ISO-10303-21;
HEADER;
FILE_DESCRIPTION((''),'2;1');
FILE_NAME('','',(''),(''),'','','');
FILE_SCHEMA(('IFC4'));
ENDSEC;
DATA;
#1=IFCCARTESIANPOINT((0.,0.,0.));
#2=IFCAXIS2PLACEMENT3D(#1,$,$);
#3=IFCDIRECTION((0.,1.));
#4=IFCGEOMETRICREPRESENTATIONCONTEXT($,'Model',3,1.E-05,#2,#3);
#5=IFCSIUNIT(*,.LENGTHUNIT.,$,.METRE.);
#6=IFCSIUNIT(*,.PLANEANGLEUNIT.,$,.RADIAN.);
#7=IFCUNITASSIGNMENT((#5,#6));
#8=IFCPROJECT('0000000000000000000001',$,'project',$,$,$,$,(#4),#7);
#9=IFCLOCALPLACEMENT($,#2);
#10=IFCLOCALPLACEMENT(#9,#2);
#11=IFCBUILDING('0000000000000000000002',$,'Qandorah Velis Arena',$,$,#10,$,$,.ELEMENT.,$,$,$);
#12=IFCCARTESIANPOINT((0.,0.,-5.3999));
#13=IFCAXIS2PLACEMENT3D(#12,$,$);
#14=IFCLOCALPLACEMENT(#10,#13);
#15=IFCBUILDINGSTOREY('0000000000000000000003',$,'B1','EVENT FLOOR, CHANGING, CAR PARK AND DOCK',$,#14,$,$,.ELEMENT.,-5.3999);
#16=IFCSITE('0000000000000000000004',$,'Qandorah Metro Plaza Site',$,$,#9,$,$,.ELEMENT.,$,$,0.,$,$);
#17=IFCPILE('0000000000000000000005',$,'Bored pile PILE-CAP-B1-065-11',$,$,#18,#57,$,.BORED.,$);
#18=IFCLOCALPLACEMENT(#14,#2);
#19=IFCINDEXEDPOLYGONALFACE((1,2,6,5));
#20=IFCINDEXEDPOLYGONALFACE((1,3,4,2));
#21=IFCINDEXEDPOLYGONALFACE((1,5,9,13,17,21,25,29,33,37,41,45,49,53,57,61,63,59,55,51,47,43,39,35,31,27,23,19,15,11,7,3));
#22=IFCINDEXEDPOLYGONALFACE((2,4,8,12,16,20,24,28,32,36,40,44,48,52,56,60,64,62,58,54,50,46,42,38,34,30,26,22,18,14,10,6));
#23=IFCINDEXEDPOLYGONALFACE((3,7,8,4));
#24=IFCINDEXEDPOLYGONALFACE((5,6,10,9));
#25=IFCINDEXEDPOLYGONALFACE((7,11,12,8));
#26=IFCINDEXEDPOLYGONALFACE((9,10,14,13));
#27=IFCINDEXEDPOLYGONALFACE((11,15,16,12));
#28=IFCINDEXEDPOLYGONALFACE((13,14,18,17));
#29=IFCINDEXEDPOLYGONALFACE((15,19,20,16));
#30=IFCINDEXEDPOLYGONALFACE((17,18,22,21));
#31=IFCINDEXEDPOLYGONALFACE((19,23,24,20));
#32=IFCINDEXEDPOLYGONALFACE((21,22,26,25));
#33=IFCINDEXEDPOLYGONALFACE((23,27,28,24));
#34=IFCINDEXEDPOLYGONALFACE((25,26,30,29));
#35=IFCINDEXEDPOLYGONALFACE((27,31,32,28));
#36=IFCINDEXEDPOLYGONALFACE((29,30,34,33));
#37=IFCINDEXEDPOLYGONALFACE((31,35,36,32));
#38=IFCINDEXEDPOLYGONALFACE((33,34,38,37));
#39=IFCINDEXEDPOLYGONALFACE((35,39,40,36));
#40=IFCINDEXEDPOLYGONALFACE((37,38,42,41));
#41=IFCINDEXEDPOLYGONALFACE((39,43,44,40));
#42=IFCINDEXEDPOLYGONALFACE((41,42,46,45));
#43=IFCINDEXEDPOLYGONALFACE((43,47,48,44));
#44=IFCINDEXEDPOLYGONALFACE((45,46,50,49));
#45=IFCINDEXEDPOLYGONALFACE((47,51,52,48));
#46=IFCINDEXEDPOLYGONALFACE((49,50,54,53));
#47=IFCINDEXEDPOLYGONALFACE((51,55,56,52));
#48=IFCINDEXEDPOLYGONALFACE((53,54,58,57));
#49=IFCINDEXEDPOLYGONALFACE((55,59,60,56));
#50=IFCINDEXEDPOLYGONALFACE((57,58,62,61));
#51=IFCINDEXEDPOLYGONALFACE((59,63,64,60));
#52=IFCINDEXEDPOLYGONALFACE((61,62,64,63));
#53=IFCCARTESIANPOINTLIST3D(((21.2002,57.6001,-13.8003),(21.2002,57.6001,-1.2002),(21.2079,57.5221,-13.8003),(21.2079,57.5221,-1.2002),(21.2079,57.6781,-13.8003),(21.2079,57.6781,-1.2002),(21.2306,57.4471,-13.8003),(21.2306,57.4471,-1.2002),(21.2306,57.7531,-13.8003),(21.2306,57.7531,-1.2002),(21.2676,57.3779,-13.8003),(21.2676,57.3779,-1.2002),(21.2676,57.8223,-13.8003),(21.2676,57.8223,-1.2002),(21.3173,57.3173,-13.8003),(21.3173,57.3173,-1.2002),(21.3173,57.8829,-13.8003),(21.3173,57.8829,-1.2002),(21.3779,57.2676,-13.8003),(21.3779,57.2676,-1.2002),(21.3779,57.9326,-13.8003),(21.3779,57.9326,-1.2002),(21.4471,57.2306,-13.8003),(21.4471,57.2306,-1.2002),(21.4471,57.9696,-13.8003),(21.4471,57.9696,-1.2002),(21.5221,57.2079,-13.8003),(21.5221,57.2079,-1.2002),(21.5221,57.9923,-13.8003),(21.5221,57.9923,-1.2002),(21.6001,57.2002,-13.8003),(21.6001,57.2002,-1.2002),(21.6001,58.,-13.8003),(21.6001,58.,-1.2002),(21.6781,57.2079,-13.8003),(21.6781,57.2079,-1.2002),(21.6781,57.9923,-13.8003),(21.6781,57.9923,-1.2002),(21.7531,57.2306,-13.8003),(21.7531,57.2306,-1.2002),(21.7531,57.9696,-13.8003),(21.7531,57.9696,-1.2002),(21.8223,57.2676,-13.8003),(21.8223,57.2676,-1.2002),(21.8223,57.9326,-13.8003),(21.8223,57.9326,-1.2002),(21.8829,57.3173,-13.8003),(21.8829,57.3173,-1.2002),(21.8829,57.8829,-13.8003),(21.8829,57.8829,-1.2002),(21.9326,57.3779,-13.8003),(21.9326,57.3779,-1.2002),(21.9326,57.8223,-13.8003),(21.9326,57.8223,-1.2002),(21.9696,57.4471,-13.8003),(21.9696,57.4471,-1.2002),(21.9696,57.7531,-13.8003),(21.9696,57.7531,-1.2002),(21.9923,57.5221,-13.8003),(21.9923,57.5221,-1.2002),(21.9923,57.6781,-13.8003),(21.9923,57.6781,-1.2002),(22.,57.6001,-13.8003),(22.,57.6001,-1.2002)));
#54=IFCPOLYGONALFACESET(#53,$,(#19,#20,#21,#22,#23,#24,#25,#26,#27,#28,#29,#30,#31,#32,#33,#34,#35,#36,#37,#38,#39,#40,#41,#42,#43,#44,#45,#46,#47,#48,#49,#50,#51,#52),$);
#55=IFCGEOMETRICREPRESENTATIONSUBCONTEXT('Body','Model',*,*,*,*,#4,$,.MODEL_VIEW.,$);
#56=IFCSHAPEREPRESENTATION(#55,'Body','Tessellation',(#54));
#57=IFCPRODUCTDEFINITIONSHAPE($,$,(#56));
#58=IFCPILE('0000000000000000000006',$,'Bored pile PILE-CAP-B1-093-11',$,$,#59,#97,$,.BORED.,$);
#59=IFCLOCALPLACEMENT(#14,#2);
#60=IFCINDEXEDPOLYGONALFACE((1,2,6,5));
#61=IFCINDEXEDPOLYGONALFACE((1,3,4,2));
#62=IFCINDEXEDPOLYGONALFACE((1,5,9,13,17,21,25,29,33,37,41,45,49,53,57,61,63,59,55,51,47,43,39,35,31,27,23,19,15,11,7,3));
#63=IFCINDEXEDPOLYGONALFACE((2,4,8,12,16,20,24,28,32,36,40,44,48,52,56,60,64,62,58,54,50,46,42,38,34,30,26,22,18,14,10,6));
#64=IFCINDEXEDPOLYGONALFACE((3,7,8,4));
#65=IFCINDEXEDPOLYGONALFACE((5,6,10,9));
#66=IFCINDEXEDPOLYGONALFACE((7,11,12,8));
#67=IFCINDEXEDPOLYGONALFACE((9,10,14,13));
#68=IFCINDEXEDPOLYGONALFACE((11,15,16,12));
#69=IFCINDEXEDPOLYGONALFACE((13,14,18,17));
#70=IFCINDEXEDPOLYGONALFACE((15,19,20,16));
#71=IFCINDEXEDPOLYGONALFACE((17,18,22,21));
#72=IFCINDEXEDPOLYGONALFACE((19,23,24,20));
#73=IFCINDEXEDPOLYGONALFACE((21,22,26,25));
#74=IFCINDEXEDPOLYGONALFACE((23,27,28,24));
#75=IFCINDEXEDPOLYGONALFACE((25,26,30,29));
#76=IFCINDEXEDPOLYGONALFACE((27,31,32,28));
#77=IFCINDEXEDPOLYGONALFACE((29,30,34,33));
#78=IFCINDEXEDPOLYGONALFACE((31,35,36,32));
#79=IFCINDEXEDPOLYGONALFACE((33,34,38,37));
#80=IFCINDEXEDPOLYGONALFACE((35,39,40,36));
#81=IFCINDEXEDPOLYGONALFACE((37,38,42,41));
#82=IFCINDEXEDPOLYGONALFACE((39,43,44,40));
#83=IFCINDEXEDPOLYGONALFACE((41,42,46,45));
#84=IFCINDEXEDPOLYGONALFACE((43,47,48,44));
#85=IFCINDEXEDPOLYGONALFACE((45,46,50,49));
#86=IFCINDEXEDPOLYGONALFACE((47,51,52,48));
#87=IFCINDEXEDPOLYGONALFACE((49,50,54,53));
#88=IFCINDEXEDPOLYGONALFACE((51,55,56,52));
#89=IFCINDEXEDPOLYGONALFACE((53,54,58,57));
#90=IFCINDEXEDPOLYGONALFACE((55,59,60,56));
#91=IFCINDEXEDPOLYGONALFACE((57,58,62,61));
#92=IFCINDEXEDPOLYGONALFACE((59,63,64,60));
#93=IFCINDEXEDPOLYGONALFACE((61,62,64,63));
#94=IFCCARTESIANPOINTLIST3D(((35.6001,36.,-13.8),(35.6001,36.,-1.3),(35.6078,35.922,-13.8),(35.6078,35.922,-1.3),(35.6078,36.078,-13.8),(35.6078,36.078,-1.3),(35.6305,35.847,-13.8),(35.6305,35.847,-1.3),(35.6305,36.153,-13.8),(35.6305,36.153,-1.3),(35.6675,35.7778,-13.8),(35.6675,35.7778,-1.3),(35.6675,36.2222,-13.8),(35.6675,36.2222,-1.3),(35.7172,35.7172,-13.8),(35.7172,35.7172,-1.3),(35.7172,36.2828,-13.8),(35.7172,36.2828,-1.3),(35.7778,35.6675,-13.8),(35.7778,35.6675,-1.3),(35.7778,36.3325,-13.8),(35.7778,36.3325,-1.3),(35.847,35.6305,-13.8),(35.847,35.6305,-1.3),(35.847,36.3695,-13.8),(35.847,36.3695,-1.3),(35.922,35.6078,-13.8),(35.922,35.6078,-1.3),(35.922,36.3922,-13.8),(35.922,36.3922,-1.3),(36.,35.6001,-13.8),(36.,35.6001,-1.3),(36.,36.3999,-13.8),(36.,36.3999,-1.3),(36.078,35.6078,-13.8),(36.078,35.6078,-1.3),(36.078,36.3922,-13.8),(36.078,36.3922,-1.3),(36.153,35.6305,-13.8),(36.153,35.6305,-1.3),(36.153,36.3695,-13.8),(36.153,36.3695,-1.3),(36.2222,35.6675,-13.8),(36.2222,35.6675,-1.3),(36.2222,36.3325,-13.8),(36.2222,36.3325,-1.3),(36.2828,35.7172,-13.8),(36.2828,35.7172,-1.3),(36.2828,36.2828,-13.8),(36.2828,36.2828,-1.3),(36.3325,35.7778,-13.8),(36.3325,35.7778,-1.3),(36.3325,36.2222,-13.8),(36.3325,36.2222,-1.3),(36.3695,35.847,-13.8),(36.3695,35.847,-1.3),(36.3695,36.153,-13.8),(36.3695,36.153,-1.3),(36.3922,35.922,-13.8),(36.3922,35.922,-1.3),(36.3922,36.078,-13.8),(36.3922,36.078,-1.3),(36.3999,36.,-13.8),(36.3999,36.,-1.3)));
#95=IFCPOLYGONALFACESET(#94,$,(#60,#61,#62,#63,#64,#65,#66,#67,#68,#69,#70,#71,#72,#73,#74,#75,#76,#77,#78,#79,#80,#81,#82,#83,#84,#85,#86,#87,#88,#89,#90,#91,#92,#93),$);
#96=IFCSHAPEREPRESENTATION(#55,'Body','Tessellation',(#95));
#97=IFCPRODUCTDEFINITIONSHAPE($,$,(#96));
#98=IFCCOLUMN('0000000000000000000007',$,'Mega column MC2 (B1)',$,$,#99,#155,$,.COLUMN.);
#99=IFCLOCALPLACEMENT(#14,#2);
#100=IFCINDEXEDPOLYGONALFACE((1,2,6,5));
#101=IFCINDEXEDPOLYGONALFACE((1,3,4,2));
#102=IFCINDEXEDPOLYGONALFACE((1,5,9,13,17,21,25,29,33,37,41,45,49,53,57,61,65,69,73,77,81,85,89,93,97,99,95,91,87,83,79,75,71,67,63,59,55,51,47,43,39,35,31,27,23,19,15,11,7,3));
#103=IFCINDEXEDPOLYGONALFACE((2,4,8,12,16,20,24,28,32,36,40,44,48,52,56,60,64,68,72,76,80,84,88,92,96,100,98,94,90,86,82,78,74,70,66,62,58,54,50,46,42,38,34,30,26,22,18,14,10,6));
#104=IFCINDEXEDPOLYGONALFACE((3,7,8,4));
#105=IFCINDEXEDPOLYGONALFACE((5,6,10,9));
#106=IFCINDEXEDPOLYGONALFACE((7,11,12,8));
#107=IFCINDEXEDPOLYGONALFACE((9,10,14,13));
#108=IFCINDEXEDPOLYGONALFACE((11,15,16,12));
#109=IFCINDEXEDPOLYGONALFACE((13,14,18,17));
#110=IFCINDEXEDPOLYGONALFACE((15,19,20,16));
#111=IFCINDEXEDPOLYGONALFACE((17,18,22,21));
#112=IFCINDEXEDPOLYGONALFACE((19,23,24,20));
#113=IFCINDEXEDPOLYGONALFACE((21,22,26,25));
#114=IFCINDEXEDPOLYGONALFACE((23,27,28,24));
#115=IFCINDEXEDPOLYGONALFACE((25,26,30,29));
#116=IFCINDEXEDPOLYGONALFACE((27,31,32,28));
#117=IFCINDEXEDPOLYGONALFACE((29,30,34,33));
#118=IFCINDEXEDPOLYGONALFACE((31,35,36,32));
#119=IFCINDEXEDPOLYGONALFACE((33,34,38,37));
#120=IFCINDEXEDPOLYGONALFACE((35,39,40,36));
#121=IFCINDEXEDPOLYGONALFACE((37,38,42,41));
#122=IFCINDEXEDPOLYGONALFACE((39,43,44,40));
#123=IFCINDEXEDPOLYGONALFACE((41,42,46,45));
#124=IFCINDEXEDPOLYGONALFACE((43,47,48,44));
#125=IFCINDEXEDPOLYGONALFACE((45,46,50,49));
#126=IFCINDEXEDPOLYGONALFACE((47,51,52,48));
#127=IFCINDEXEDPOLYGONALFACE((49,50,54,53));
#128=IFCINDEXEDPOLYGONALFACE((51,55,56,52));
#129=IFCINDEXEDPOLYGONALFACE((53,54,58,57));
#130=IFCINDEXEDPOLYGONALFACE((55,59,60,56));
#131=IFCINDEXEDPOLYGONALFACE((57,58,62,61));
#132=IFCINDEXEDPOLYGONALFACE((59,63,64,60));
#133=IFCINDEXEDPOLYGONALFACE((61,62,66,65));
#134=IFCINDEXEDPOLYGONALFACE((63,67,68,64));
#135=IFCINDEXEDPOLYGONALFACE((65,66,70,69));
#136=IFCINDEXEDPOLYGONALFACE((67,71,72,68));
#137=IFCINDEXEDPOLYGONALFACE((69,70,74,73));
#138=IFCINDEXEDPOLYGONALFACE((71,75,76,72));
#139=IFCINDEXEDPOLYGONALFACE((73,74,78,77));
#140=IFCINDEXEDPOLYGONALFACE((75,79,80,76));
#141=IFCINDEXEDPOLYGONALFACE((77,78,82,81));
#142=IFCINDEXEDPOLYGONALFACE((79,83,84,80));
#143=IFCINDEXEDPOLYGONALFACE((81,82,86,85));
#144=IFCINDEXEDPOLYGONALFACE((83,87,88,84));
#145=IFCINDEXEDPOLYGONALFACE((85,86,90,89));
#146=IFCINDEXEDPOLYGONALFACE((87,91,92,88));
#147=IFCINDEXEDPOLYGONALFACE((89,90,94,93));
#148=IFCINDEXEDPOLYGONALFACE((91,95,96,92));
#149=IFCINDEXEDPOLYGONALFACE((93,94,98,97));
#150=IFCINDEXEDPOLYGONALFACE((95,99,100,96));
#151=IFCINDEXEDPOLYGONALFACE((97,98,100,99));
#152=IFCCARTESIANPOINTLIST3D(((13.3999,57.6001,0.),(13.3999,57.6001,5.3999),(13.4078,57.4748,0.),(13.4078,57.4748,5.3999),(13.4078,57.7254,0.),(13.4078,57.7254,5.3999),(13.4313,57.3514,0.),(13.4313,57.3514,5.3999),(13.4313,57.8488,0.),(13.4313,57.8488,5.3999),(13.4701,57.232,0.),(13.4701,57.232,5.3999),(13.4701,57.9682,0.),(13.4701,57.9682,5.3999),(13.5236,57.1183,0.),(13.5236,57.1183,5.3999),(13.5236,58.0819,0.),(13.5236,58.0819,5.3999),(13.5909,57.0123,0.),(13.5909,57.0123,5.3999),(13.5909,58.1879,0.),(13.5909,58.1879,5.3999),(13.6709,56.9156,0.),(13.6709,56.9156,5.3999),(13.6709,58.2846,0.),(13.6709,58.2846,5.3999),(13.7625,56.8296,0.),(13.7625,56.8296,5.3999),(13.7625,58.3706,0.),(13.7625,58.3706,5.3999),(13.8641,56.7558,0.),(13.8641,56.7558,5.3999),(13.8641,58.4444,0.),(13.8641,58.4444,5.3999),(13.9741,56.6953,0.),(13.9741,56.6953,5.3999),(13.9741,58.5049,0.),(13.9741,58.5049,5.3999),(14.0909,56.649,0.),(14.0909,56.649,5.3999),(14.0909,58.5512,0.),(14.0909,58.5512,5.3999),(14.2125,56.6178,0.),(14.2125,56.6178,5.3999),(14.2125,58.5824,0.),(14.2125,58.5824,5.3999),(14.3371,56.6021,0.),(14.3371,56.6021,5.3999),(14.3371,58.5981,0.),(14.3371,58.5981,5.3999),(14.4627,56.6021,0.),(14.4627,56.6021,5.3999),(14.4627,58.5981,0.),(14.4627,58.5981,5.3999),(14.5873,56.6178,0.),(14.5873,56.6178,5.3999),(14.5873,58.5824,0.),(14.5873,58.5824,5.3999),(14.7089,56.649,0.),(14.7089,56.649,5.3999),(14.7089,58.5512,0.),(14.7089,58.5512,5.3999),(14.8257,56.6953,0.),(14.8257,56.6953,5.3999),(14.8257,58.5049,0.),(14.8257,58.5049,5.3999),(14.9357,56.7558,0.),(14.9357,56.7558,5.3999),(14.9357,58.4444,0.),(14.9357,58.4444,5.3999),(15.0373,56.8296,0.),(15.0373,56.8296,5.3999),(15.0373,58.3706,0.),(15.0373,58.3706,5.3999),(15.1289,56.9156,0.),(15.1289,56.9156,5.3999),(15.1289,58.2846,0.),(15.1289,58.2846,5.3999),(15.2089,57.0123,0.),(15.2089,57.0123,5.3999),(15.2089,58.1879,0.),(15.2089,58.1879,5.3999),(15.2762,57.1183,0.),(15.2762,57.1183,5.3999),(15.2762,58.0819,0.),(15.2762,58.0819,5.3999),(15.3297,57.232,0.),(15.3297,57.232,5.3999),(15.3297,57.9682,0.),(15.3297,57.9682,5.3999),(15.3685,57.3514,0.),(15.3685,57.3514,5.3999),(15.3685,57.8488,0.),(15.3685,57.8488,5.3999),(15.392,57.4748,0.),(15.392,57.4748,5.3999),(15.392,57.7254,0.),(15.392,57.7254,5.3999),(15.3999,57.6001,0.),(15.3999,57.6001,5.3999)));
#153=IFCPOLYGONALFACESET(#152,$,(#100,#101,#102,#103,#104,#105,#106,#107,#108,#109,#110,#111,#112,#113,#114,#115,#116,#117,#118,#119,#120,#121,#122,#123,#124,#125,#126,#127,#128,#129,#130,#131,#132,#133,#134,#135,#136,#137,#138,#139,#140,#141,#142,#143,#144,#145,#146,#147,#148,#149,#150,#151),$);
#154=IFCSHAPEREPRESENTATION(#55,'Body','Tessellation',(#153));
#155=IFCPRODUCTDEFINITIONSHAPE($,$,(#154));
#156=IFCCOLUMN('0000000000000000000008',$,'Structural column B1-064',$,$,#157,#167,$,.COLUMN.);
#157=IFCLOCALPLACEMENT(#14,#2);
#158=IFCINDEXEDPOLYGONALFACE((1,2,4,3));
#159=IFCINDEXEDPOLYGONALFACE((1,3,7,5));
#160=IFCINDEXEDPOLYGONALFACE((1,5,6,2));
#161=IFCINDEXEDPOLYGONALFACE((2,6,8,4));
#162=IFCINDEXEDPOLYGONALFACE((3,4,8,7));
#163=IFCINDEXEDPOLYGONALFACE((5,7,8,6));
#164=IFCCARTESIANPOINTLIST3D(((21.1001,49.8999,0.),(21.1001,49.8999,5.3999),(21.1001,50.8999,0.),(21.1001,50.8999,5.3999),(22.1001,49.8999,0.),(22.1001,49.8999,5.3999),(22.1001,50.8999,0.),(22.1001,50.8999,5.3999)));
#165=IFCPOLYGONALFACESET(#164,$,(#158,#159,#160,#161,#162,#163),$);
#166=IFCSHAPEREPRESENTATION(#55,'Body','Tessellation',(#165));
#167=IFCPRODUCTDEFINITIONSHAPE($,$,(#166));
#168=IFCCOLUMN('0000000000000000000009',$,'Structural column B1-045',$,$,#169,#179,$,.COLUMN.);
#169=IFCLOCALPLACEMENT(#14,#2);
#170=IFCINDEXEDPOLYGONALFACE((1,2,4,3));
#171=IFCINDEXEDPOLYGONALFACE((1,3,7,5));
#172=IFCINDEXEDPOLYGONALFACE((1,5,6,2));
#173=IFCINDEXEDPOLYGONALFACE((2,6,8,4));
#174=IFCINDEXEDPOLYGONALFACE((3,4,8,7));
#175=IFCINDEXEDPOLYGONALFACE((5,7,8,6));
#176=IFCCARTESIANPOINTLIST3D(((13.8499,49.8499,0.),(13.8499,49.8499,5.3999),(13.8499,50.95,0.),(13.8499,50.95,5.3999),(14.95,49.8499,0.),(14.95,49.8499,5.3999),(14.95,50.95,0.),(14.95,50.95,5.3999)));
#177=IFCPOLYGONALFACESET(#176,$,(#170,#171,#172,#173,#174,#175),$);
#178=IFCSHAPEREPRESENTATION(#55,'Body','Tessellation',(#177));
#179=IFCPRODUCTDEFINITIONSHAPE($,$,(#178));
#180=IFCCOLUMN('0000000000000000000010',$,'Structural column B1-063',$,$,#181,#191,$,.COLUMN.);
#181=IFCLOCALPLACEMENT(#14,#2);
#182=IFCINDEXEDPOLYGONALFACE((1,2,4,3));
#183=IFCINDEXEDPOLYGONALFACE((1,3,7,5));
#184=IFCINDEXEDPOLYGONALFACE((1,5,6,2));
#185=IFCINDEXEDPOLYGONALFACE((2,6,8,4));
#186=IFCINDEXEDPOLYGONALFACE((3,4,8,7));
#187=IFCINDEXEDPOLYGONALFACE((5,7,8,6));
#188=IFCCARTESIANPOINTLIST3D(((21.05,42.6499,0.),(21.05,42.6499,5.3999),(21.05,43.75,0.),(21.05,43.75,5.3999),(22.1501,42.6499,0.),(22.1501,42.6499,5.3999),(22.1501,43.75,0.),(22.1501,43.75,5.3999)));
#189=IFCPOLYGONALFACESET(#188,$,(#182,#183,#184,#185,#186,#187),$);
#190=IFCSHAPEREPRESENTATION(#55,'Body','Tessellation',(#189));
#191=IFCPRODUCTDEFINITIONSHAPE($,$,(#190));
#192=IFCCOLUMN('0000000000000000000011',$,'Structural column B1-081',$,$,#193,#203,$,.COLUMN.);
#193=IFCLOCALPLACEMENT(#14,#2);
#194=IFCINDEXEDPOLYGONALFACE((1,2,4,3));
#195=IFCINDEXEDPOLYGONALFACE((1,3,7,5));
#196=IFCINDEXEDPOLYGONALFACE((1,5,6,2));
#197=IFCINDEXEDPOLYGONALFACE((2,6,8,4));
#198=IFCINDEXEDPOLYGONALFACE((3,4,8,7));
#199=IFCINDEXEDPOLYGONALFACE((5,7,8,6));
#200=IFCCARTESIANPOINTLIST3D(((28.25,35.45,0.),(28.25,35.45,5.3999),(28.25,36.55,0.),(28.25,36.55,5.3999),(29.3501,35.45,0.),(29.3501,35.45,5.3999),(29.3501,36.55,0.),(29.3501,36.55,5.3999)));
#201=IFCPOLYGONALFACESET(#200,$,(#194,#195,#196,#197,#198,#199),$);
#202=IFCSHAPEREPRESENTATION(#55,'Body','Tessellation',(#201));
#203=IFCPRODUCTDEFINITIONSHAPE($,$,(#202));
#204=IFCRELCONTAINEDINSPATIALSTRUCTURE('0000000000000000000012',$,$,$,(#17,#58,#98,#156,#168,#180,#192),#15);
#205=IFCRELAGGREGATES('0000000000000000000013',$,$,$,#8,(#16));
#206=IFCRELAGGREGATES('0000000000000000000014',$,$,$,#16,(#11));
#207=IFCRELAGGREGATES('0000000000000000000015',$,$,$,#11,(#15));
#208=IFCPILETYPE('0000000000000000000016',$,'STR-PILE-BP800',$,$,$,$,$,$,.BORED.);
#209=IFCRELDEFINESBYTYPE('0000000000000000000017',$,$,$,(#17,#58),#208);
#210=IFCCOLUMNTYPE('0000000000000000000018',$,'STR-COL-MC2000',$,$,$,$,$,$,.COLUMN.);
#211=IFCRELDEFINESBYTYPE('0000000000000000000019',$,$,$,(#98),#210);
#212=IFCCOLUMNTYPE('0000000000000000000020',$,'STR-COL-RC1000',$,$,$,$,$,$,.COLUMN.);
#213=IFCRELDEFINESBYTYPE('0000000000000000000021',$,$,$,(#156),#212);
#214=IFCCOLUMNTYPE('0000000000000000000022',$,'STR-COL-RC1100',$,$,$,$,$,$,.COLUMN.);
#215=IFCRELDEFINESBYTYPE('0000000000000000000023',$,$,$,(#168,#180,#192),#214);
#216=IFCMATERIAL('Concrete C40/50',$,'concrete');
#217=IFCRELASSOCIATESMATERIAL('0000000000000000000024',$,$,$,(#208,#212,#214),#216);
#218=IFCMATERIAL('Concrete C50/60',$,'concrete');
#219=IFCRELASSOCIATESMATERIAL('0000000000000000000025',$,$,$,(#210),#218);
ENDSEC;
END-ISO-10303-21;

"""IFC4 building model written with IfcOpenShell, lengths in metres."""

from ifc_helpers import new_model, si_unit, direction, frame, origin, origin_2d, place, context, subcontext, project, spatial, rectangle, circle, extrude, material, material_profile, profile_set, type_object, element, save


model = new_model("IFC4")

# Units and contexts
model_context = context("Model", 3, precision=1e-05, world=origin(), true_north=direction((0.0, 1.0)))
body_context = subcontext(model_context, "Body", "Model", "MODEL_VIEW")
ifc_project = project(units=[si_unit("LENGTHUNIT", "METRE"), si_unit("PLANEANGLEUNIT", "RADIAN")], contexts=[model_context])

# Site, building, storey
site_placement = place(None, origin())
site = spatial("IfcSite", under=ifc_project, at=site_placement, Name="Qandorah Metro Plaza Site", CompositionType="ELEMENT", RefElevation=0.0)
building_placement = place(site_placement, origin())
building = spatial("IfcBuilding", under=site, at=building_placement, Name="Qandorah Velis Arena", CompositionType="ELEMENT")
storey_placement = place(building_placement, frame((0.0, 0.0, -5.3999)))
storey = spatial("IfcBuildingStorey", under=building, at=storey_placement, Name="B1", Description="EVENT FLOOR, CHANGING, CAR PARK AND DOCK", CompositionType="ELEMENT", Elevation=-5.3999)

# Shared definitions
ifc_material_1 = material(Name="Concrete C40/50", Category="concrete")

# Piles
ifc_material_profile_1 = material_profile(ifc_material_1, circle(Radius=0.3999, at=origin_2d()), Name="BORED PILE D800")
ifc_profile_set_1 = profile_set([ifc_material_profile_1], Name="Concrete C40/50")
pile_type_1 = type_object("IfcPileType", Name="STR-PILE-BP800", PredefinedType="BORED", material=ifc_profile_set_1)
pile_1_placement = place(storey_placement, frame((21.6001, 57.6001, -1.2002), z_axis=(0.0, 0.0, -1.0), x_axis=(1.0, 0.0, 0.0)))
element("IfcPile", 1, at=pile_1_placement, inside=storey, type_object=pile_type_1, Name="Bored pile PILE-CAP-B1-065-11", PredefinedType="BORED", context=body_context, shape_type="SweptSolid", body=[
    extrude(circle(Radius=0.3999, at=origin_2d()), origin(), (0.0, 0.0, 1.0), 12.6001),
])
pile_2_placement = place(storey_placement, frame((36.0, 36.0, -1.3), z_axis=(0.0, 0.0, -1.0), x_axis=(1.0, 0.0, 0.0)))
element("IfcPile", 2, at=pile_2_placement, inside=storey, type_object=pile_type_1, Name="Bored pile PILE-CAP-B1-093-11", PredefinedType="BORED", context=body_context, shape_type="SweptSolid", body=[
    extrude(circle(Radius=0.3999, at=origin_2d()), origin(), (0.0, 0.0, 1.0), 12.5),
])

# Columns
ifc_material_2 = material(Name="Concrete C50/60", Category="concrete")
ifc_material_profile_2 = material_profile(ifc_material_2, circle(Radius=1.0, at=origin_2d()), Name="MC D2000")
ifc_profile_set_2 = profile_set([ifc_material_profile_2], Name="Concrete C50/60")
column_type_1 = type_object("IfcColumnType", Name="STR-COL-MC2000", PredefinedType="COLUMN", material=ifc_profile_set_2)
column_1_placement = place(storey_placement, frame((14.3999, 57.6001, 0.0), z_axis=(0.0, 0.0, 1.0), x_axis=(1.0, 0.0, 0.0)))
element("IfcColumn", 3, at=column_1_placement, inside=storey, type_object=column_type_1, Name="Mega column MC2 (B1)", PredefinedType="COLUMN", context=body_context, shape_type="SweptSolid", body=[
    extrude(circle(Radius=1.0, at=origin_2d()), origin(), (0.0, 0.0, 1.0), 5.3999),
])
ifc_material_profile_3 = material_profile(ifc_material_1, rectangle(XDim=1.0, YDim=1.0, at=origin_2d()), Name="RC COL 1000x1000")
ifc_profile_set_3 = profile_set([ifc_material_profile_3], Name="Concrete C40/50")
column_type_2 = type_object("IfcColumnType", Name="STR-COL-RC1000", PredefinedType="COLUMN", material=ifc_profile_set_3)
column_2_placement = place(storey_placement, frame((21.6001, 50.3999, 0.0), z_axis=(0.0, 0.0, 1.0), x_axis=(1.0, 0.0, 0.0)))
element("IfcColumn", 4, at=column_2_placement, inside=storey, type_object=column_type_2, Name="Structural column B1-064", PredefinedType="COLUMN", context=body_context, shape_type="SweptSolid", body=[
    extrude(rectangle(XDim=1.0, YDim=1.0, at=origin_2d()), origin(), (0.0, 0.0, 1.0), 5.3999),
])
ifc_material_profile_4 = material_profile(ifc_material_1, rectangle(XDim=1.1001, YDim=1.1001, at=origin_2d()), Name="RC COL 1100x1100")
ifc_profile_set_4 = profile_set([ifc_material_profile_4], Name="Concrete C40/50")
column_type_3 = type_object("IfcColumnType", Name="STR-COL-RC1100", PredefinedType="COLUMN", material=ifc_profile_set_4)
for number, where, z_axis, x_axis, name in (
    (5, (14.3999, 50.3999, 0.0), (0.0, 0.0, 1.0), (1.0, 0.0, 0.0), "Structural column B1-045"),
    (6, (21.6001, 43.2, 0.0), (0.0, 0.0, 1.0), (1.0, 0.0, 0.0), "Structural column B1-063"),
    (7, (28.8, 36.0, 0.0), (0.0, 0.0, 1.0), (1.0, 0.0, 0.0), "Structural column B1-081"),
):
    element("IfcColumn", number, at=place(storey_placement, frame(where, z_axis=z_axis, x_axis=x_axis)), inside=storey, type_object=column_type_3, Name=name, PredefinedType="COLUMN", context=body_context, shape_type="SweptSolid", body=[
        extrude(rectangle(XDim=1.1001, YDim=1.1001, at=origin_2d()), origin(), (0.0, 0.0, 1.0), 5.3999),
    ])

save(model, "model.ifc")
